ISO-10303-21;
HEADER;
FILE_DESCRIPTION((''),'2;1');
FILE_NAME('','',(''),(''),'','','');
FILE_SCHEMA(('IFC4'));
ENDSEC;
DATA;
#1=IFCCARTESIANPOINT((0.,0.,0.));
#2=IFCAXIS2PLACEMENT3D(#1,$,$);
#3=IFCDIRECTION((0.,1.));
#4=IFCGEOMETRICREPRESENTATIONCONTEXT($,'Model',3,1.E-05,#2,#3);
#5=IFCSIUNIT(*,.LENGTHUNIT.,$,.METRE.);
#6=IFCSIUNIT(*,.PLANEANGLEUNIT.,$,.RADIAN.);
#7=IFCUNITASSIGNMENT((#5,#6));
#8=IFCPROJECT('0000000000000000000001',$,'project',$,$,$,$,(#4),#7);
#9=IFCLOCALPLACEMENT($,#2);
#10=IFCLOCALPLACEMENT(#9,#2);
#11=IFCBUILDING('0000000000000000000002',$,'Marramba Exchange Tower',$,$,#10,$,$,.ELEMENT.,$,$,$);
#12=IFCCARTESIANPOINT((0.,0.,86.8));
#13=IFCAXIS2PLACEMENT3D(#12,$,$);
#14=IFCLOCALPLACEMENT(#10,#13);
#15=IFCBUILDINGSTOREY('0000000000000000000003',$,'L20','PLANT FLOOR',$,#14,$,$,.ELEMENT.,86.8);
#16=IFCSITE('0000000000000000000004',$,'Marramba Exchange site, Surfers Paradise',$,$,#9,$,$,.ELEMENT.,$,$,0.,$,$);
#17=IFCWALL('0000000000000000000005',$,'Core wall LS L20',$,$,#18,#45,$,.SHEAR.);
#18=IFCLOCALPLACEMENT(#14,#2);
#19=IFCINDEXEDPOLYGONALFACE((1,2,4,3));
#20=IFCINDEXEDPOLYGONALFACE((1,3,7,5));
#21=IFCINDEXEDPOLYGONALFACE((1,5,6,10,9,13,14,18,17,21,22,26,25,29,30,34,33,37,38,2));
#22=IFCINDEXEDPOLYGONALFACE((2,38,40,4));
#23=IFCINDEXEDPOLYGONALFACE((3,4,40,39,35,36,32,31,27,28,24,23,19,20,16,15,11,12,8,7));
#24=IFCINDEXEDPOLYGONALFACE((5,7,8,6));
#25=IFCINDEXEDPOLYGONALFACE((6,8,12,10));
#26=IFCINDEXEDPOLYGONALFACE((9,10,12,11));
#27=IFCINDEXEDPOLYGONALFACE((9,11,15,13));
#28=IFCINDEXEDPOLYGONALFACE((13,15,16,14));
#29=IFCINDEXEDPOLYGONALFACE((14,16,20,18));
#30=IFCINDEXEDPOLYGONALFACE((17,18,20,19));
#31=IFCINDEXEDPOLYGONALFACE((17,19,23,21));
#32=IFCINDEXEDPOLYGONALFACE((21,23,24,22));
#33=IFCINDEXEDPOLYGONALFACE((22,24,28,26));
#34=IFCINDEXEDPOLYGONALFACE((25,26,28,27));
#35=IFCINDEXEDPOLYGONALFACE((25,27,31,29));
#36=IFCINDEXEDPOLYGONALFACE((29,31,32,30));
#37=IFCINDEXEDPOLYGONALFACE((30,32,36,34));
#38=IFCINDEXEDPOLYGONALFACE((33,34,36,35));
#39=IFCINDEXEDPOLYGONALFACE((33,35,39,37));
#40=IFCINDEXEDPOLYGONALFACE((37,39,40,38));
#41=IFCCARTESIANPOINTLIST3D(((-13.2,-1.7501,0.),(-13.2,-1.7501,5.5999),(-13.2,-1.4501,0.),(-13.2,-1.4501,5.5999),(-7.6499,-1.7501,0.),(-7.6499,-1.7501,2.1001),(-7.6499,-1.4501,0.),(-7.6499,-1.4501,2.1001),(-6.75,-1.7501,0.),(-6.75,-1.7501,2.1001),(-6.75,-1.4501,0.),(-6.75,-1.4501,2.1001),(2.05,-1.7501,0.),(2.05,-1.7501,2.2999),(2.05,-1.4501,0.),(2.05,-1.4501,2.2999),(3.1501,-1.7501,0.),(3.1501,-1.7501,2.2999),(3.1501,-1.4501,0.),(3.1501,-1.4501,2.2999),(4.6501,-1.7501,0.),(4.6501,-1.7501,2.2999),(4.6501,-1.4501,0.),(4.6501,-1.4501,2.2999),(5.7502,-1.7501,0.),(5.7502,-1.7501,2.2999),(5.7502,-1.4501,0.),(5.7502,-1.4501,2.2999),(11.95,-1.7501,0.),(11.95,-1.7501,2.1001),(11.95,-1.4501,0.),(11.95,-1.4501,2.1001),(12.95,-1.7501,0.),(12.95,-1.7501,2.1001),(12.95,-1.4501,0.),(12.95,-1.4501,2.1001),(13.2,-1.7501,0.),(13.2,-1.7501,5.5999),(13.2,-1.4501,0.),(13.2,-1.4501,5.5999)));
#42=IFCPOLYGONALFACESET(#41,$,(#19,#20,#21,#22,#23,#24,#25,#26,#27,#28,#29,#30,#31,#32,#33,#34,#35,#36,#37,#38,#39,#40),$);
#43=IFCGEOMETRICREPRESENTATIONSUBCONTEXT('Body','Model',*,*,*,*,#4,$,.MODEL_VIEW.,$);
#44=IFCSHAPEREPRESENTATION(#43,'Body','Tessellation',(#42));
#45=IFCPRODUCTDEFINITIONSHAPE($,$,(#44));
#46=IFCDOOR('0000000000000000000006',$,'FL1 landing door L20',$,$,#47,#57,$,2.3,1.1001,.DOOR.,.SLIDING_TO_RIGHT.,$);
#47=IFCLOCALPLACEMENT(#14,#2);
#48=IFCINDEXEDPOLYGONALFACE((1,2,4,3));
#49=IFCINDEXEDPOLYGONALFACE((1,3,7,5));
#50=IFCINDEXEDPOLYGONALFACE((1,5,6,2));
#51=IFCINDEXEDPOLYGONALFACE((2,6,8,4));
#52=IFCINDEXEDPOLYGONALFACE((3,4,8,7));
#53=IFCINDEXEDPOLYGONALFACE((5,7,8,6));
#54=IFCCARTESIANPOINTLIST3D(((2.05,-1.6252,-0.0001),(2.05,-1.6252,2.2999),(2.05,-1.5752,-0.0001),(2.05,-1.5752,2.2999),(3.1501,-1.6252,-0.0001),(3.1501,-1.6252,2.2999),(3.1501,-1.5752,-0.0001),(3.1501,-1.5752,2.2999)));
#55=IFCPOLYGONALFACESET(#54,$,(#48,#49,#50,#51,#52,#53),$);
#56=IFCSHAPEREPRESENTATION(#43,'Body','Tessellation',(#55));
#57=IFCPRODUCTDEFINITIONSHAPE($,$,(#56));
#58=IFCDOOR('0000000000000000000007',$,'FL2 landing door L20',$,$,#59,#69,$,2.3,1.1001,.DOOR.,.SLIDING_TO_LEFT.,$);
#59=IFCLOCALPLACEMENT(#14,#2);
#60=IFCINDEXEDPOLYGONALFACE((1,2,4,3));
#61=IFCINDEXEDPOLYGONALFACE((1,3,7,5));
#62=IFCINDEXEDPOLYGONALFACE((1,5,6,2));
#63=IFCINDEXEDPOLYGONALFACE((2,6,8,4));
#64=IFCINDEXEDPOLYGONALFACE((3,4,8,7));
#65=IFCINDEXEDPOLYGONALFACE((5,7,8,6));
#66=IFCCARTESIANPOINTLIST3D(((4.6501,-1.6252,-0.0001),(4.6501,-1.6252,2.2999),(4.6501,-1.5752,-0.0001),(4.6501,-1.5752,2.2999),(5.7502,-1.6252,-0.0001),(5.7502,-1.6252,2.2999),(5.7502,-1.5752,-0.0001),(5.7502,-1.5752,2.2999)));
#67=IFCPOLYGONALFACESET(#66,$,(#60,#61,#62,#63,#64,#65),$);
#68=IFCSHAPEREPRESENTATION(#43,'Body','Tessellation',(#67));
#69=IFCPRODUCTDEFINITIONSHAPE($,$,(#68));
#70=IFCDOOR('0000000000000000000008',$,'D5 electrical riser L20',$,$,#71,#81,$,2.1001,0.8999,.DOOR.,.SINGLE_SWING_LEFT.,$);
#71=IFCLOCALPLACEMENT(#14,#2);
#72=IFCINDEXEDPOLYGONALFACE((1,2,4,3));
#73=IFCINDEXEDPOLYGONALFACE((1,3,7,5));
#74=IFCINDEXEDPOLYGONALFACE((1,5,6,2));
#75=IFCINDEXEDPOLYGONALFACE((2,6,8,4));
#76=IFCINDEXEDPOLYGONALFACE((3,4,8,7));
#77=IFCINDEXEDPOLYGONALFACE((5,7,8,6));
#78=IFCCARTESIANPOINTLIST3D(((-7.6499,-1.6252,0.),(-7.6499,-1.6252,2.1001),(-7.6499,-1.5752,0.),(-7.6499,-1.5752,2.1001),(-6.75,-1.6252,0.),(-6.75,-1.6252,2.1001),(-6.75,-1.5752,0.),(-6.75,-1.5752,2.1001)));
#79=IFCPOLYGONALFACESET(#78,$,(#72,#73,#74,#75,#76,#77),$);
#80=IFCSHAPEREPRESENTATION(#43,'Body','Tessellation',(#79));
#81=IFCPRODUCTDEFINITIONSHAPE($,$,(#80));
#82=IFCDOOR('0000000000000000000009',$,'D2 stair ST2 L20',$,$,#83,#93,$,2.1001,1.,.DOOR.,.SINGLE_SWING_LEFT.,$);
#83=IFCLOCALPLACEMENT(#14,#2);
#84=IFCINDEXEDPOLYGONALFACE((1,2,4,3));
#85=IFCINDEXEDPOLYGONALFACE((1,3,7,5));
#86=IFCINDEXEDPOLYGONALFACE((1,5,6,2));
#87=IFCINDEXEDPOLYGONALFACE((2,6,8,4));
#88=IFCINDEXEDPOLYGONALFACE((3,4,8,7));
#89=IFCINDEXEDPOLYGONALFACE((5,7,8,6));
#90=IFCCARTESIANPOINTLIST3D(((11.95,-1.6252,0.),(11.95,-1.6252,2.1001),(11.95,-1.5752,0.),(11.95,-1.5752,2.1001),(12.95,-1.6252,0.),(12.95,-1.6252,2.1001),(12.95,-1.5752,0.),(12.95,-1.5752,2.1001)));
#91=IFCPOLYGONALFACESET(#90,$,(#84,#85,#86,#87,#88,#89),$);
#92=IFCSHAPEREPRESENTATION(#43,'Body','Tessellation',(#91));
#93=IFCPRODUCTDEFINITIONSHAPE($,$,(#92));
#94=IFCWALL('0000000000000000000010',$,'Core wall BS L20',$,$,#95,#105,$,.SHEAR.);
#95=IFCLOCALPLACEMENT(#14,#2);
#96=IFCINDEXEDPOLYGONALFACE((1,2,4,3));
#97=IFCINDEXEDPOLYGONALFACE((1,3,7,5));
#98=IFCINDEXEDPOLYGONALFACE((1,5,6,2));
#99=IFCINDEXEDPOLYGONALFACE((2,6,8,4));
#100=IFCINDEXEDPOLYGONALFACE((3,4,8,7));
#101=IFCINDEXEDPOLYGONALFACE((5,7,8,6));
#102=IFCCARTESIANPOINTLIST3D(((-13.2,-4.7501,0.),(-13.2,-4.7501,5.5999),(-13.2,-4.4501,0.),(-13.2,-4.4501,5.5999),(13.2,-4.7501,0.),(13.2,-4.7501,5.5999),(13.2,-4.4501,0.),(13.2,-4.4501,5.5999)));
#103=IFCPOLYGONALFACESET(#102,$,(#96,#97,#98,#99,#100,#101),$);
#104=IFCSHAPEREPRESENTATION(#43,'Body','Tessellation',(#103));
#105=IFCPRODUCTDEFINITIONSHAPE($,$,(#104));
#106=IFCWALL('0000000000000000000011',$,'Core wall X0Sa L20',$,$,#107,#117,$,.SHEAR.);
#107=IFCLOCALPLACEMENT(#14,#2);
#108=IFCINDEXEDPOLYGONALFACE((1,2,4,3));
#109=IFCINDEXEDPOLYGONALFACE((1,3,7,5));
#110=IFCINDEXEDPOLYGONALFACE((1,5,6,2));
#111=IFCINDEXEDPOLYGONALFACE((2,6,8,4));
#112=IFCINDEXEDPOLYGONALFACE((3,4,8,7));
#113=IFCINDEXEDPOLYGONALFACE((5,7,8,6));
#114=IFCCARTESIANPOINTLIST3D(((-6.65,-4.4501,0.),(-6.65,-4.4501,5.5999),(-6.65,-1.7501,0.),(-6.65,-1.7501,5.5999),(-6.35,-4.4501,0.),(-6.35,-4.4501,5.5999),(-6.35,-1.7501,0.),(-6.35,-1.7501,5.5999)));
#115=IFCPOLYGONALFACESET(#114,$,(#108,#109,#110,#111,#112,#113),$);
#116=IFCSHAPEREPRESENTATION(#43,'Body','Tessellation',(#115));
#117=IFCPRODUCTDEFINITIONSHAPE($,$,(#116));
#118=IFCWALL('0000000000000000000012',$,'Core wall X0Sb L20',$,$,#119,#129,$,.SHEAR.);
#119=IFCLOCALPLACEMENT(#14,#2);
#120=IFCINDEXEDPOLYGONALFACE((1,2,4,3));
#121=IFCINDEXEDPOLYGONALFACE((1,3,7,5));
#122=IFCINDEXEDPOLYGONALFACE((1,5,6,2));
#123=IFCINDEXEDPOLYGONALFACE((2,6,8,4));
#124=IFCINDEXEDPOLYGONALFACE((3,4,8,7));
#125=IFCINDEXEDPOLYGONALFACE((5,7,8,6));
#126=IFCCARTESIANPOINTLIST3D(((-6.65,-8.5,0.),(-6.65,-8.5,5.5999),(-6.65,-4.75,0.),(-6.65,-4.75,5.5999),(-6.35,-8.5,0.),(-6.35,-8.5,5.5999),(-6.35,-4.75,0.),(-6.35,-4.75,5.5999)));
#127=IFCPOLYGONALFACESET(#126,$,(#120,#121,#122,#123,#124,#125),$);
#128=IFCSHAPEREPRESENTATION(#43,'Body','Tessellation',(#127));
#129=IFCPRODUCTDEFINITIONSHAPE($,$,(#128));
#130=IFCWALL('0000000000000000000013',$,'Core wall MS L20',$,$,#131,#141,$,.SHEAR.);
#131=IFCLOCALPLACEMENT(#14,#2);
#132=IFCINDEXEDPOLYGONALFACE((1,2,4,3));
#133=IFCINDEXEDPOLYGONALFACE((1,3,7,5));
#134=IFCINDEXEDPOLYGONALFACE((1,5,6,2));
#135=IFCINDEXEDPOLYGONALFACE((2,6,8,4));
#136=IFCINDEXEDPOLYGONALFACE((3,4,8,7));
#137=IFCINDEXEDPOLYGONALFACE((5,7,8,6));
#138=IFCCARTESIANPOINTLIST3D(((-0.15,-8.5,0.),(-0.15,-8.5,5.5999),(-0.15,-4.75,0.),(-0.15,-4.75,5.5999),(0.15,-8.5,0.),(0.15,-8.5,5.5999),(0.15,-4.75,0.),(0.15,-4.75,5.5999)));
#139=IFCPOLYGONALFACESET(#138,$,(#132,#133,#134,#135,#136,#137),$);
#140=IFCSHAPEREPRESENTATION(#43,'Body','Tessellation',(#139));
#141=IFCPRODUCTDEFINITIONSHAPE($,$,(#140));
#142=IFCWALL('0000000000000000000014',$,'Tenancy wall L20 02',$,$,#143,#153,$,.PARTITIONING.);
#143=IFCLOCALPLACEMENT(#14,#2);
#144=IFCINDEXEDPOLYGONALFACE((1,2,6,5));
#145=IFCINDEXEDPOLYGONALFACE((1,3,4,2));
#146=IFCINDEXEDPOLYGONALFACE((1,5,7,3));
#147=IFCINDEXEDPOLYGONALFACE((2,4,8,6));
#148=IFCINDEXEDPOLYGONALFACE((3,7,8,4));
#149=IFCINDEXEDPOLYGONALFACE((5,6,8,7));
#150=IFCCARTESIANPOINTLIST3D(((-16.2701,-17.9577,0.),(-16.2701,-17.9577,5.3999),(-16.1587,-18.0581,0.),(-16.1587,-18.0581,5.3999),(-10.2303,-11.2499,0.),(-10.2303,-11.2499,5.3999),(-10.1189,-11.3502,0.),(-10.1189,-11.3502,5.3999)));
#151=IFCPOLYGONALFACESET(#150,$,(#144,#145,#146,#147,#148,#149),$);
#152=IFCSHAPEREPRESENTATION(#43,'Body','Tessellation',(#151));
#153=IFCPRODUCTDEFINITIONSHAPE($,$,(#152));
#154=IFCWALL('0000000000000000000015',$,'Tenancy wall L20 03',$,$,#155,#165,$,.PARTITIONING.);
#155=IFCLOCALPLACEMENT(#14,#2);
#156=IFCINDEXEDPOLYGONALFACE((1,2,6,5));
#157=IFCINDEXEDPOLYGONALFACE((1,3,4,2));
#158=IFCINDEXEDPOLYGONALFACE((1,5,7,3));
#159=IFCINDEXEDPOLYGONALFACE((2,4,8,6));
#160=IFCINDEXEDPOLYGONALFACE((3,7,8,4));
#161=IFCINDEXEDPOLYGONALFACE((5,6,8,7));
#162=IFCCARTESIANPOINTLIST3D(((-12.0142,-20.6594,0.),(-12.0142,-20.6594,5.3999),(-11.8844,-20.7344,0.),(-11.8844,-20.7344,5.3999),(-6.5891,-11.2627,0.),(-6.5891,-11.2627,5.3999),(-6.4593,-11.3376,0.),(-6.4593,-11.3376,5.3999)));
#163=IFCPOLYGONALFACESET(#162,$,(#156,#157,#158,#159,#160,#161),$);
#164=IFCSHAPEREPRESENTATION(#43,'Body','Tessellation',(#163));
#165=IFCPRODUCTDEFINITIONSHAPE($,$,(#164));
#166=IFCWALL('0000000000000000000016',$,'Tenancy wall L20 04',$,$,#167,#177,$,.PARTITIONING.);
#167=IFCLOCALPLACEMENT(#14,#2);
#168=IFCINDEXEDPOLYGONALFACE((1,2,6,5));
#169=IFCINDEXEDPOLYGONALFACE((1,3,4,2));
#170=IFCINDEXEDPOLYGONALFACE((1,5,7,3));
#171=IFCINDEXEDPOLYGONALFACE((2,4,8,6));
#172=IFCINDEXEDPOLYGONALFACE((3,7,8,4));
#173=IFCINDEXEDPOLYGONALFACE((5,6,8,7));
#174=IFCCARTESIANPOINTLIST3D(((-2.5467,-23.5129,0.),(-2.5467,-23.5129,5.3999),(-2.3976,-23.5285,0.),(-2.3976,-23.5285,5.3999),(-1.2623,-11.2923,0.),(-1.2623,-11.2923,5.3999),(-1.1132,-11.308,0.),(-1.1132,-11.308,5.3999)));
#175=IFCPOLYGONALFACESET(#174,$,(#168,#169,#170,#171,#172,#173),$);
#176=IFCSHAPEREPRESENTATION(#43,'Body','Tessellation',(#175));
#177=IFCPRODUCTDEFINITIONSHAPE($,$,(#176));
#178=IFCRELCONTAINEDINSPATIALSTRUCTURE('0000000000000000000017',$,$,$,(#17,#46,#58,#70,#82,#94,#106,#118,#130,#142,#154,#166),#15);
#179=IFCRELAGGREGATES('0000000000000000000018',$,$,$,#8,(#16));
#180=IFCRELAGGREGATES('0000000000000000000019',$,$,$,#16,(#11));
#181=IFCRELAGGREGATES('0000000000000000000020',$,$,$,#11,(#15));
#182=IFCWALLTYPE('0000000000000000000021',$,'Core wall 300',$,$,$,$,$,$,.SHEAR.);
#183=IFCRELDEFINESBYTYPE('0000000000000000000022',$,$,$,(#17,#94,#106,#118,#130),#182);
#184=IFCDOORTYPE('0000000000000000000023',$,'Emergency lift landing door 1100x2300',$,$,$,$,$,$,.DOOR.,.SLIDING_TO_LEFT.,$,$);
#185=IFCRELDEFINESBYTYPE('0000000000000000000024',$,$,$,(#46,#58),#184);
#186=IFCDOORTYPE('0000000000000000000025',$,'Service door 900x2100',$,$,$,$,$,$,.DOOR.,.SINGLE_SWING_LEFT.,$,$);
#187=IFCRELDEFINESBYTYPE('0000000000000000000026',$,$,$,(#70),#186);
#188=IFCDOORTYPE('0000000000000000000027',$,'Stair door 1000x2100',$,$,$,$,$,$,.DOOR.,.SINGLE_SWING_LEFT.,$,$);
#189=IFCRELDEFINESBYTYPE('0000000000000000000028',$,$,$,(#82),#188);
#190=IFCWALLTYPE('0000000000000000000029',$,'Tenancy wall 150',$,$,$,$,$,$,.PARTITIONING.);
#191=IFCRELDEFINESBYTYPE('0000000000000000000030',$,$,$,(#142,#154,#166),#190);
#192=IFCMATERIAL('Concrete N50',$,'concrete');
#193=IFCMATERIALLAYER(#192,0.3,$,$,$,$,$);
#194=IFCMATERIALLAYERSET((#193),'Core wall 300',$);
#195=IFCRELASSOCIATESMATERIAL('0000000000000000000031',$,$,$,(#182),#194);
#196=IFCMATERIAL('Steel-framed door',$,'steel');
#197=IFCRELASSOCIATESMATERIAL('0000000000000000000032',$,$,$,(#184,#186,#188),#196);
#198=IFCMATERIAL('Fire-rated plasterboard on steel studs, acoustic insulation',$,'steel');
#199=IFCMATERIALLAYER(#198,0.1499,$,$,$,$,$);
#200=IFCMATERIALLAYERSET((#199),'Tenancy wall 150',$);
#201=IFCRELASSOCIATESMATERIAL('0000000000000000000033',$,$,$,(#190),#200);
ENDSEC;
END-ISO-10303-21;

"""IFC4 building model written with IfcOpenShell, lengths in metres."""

from ifc_helpers import new_model, si_unit, direction, frame, frame_2d, origin, place, context, subcontext, project, spatial, rectangle, extrude, material, layer, layer_set, type_object, element, fill, save


model = new_model("IFC4")

# Units and contexts
model_context = context("Model", 3, precision=1e-05, world=origin(), true_north=direction((0.0, 1.0)))
body_context = subcontext(model_context, "Body", "Model", "MODEL_VIEW")
ifc_project = project(units=[si_unit("LENGTHUNIT", "METRE"), si_unit("PLANEANGLEUNIT", "RADIAN")], contexts=[model_context])

# Site, building, storey
site_placement = place(None, origin())
site = spatial("IfcSite", under=ifc_project, at=site_placement, Name="Marramba Exchange site, Surfers Paradise", CompositionType="ELEMENT", RefElevation=0.0)
building_placement = place(site_placement, origin())
building = spatial("IfcBuilding", under=site, at=building_placement, Name="Marramba Exchange Tower", CompositionType="ELEMENT")
storey_placement = place(building_placement, frame((0.0, 0.0, 86.8)))
storey = spatial("IfcBuildingStorey", under=building, at=storey_placement, Name="L20", Description="PLANT FLOOR", CompositionType="ELEMENT", Elevation=86.8)

# Shared definitions
ifc_material_1 = material(Name="Concrete N50", Category="concrete")

# Wall, openings, doors
ifc_layer_1 = layer(ifc_material_1, 0.3)
ifc_layer_set_1 = layer_set([ifc_layer_1], Name="Core wall 300")
wall_type_1 = type_object("IfcWallType", Name="Core wall 300", PredefinedType="SHEAR", material=ifc_layer_set_1)
wall_1_placement = place(storey_placement, frame((-13.2, -1.6001, 0.0), z_axis=(0.0, 0.0, 1.0), x_axis=(1.0, 0.0, 0.0)))
wall_1 = element("IfcWall", 1, at=wall_1_placement, inside=storey, type_object=wall_type_1, Name="Core wall LS L20", PredefinedType="SHEAR", context=body_context, shape_type="SweptSolid", body=[
    extrude(rectangle(XDim=26.3999, YDim=0.3, at=frame_2d((13.2, 0.0))), origin(), (0.0, 0.0, 1.0), 5.5999),
])
opening_1_placement = place(wall_1_placement, frame((25.1499, 0.0, 0.0)))
opening_1 = element("IfcOpeningElement", 2, at=opening_1_placement, cuts=wall_1, PredefinedType="OPENING", context=body_context, shape_type="SweptSolid", body=[
    extrude(rectangle(XDim=1.0, YDim=2.1001, at=frame_2d((0.5, 1.05))), frame((0.0, 0.1599, 0.0), z_axis=(0.0, -1.0, 0.0), x_axis=(1.0, 0.0, 0.0)), (0.0, 0.0, 1.0), 0.3201),
])
opening_2_placement = place(wall_1_placement, frame((15.25, 0.0, 0.0)))
opening_2 = element("IfcOpeningElement", 3, at=opening_2_placement, cuts=wall_1, PredefinedType="OPENING", context=body_context, shape_type="SweptSolid", body=[
    extrude(rectangle(XDim=1.1001, YDim=2.3, at=frame_2d((0.55, 1.1499))), frame((0.0, 0.1599, 0.0), z_axis=(0.0, -1.0, 0.0), x_axis=(1.0, 0.0, 0.0)), (0.0, 0.0, 1.0), 0.3201),
])
opening_3_placement = place(wall_1_placement, frame((17.8501, 0.0, 0.0)))
opening_3 = element("IfcOpeningElement", 4, at=opening_3_placement, cuts=wall_1, PredefinedType="OPENING", context=body_context, shape_type="SweptSolid", body=[
    extrude(rectangle(XDim=1.1001, YDim=2.3, at=frame_2d((0.55, 1.1499))), frame((0.0, 0.1599, 0.0), z_axis=(0.0, -1.0, 0.0), x_axis=(1.0, 0.0, 0.0)), (0.0, 0.0, 1.0), 0.3201),
])
opening_4_placement = place(wall_1_placement, frame((5.55, 0.0, 0.0)))
opening_4 = element("IfcOpeningElement", 5, at=opening_4_placement, cuts=wall_1, PredefinedType="OPENING", context=body_context, shape_type="SweptSolid", body=[
    extrude(rectangle(XDim=0.8999, YDim=2.1001, at=frame_2d((0.45, 1.05))), frame((0.0, 0.1599, 0.0), z_axis=(0.0, -1.0, 0.0), x_axis=(1.0, 0.0, 0.0)), (0.0, 0.0, 1.0), 0.3201),
])
ifc_material_2 = material(Name="Steel-framed door", Category="steel")
door_type_1 = type_object("IfcDoorType", Name="Emergency lift landing door 1100x2300", OperationType="SLIDING_TO_LEFT", PredefinedType="DOOR", material=ifc_material_2)
door_1_placement = place(opening_2_placement, frame((1.1001, 0.0, 0.0), z_axis=(0.0, 0.0, 1.0), x_axis=(-1.0, 0.0, 0.0)))
door_1 = element("IfcDoor", 6, at=door_1_placement, inside=storey, type_object=door_type_1, Name="FL1 landing door L20", OperationType="SLIDING_TO_RIGHT", OverallHeight=2.3, OverallWidth=1.1001, PredefinedType="DOOR", context=body_context, shape_type="SweptSolid", body=[
    extrude(rectangle(XDim=1.1001, YDim=2.3, at=frame_2d((0.55, 1.1499))), frame((0.0, 0.0251, 0.0), z_axis=(0.0, -1.0, 0.0), x_axis=(1.0, 0.0, 0.0)), (0.0, 0.0, 1.0), 0.05),
])
fill(opening_2, door_1)
door_2_placement = place(opening_3_placement, frame((1.1001, 0.0, 0.0), z_axis=(0.0, 0.0, 1.0), x_axis=(-1.0, 0.0, 0.0)))
door_2 = element("IfcDoor", 7, at=door_2_placement, inside=storey, type_object=door_type_1, Name="FL2 landing door L20", OperationType="SLIDING_TO_LEFT", OverallHeight=2.3, OverallWidth=1.1001, PredefinedType="DOOR", context=body_context, shape_type="SweptSolid", body=[
    extrude(rectangle(XDim=1.1001, YDim=2.3, at=frame_2d((0.55, 1.1499))), frame((0.0, 0.0251, 0.0), z_axis=(0.0, -1.0, 0.0), x_axis=(1.0, 0.0, 0.0)), (0.0, 0.0, 1.0), 0.05),
])
fill(opening_3, door_2)
door_type_2 = type_object("IfcDoorType", Name="Service door 900x2100", OperationType="SINGLE_SWING_LEFT", PredefinedType="DOOR", material=ifc_material_2)
door_3_placement = place(opening_4_placement, frame((0.8999, 0.0, 0.0), z_axis=(0.0, 0.0, 1.0), x_axis=(-1.0, 0.0, 0.0)))
door_3 = element("IfcDoor", 8, at=door_3_placement, inside=storey, type_object=door_type_2, Name="D5 electrical riser L20", OperationType="SINGLE_SWING_LEFT", OverallHeight=2.1001, OverallWidth=0.8999, PredefinedType="DOOR", context=body_context, shape_type="SweptSolid", body=[
    extrude(rectangle(XDim=0.8999, YDim=2.1001, at=frame_2d((0.45, 1.05))), frame((0.0, 0.0251, 0.0), z_axis=(0.0, -1.0, 0.0), x_axis=(1.0, 0.0, 0.0)), (0.0, 0.0, 1.0), 0.05),
])
fill(opening_4, door_3)
door_type_3 = type_object("IfcDoorType", Name="Stair door 1000x2100", OperationType="SINGLE_SWING_LEFT", PredefinedType="DOOR", material=ifc_material_2)
door_4_placement = place(opening_1_placement, frame((1.0, 0.0, 0.0), z_axis=(0.0, 0.0, 1.0), x_axis=(-1.0, 0.0, 0.0)))
door_4 = element("IfcDoor", 9, at=door_4_placement, inside=storey, type_object=door_type_3, Name="D2 stair ST2 L20", OperationType="SINGLE_SWING_LEFT", OverallHeight=2.1001, OverallWidth=1.0, PredefinedType="DOOR", context=body_context, shape_type="SweptSolid", body=[
    extrude(rectangle(XDim=1.0, YDim=2.1001, at=frame_2d((0.5, 1.05))), frame((0.0, 0.0251, 0.0), z_axis=(0.0, -1.0, 0.0), x_axis=(1.0, 0.0, 0.0)), (0.0, 0.0, 1.0), 0.05),
])
fill(opening_1, door_4)

# Walls
wall_2_placement = place(storey_placement, frame((-13.2, -4.6001, 0.0), z_axis=(0.0, 0.0, 1.0), x_axis=(1.0, 0.0, 0.0)))
element("IfcWall", 10, at=wall_2_placement, inside=storey, type_object=wall_type_1, Name="Core wall BS L20", PredefinedType="SHEAR", context=body_context, shape_type="SweptSolid", body=[
    extrude(rectangle(XDim=26.3999, YDim=0.3, at=frame_2d((13.2, 0.0))), origin(), (0.0, 0.0, 1.0), 5.5999),
])
wall_3_placement = place(storey_placement, frame((-6.5, -1.75, 0.0), z_axis=(0.0, 0.0, 1.0), x_axis=(0.0, -1.0, 0.0)))
element("IfcWall", 11, at=wall_3_placement, inside=storey, type_object=wall_type_1, Name="Core wall X0Sa L20", PredefinedType="SHEAR", context=body_context, shape_type="SweptSolid", body=[
    extrude(rectangle(XDim=2.7, YDim=0.3, at=frame_2d((1.3501, 0.0))), origin(), (0.0, 0.0, 1.0), 5.5999),
])
for number, where, z_axis, x_axis, name in (
    (12, (-6.5, -4.75, 0.0), (0.0, 0.0, 1.0), (0.0, -1.0, 0.0), "Core wall X0Sb L20"),
    (13, (0.0, -4.75, 0.0), (0.0, 0.0, 1.0), (0.0, -1.0, 0.0), "Core wall MS L20"),
):
    element("IfcWall", number, at=place(storey_placement, frame(where, z_axis=z_axis, x_axis=x_axis)), inside=storey, type_object=wall_type_1, Name=name, PredefinedType="SHEAR", context=body_context, shape_type="SweptSolid", body=[
        extrude(rectangle(XDim=3.75, YDim=0.3, at=frame_2d((1.875, 0.0))), origin(), (0.0, 0.0, 1.0), 5.5999),
    ])
ifc_material_3 = material(Name="Fire-rated plasterboard on steel studs, acoustic insulation", Category="steel")
ifc_layer_2 = layer(ifc_material_3, 0.1499)
ifc_layer_set_2 = layer_set([ifc_layer_2], Name="Tenancy wall 150")
wall_type_2 = type_object("IfcWallType", Name="Tenancy wall 150", PredefinedType="PARTITIONING", material=ifc_layer_set_2)
wall_4_placement = place(storey_placement, frame((-10.1746, -11.3, 0.0), z_axis=(0.0, 0.0, 1.0), x_axis=(-0.669137, -0.743139, 0.0)))
element("IfcWall", 14, at=wall_4_placement, inside=storey, type_object=wall_type_2, Name="Tenancy wall L20 02", PredefinedType="PARTITIONING", context=body_context, shape_type="SweptSolid", body=[
    extrude(rectangle(XDim=9.0264, YDim=0.1499, at=frame_2d((4.5132, 0.0))), origin(), (0.0, 0.0, 1.0), 5.3999),
])
wall_5_placement = place(storey_placement, frame((-6.5242, -11.3, 0.0), z_axis=(0.0, 0.0, 1.0), x_axis=(-0.499989, -0.866032, 0.0)))
element("IfcWall", 15, at=wall_5_placement, inside=storey, type_object=wall_type_2, Name="Tenancy wall L20 03", PredefinedType="PARTITIONING", context=body_context, shape_type="SweptSolid", body=[
    extrude(rectangle(XDim=10.8503, YDim=0.1499, at=frame_2d((5.4253, 0.0))), origin(), (0.0, 0.0, 1.0), 5.3999),
])
wall_6_placement = place(storey_placement, frame((-1.1877, -11.3, 0.0), z_axis=(0.0, 0.0, 1.0), x_axis=(-0.104529, -0.994522, 0.0)))
element("IfcWall", 16, at=wall_6_placement, inside=storey, type_object=wall_type_2, Name="Tenancy wall L20 04", PredefinedType="PARTITIONING", context=body_context, shape_type="SweptSolid", body=[
    extrude(rectangle(XDim=12.2878, YDim=0.1499, at=frame_2d((6.144, 0.0))), origin(), (0.0, 0.0, 1.0), 5.3999),
])

save(model, "model.ifc")
